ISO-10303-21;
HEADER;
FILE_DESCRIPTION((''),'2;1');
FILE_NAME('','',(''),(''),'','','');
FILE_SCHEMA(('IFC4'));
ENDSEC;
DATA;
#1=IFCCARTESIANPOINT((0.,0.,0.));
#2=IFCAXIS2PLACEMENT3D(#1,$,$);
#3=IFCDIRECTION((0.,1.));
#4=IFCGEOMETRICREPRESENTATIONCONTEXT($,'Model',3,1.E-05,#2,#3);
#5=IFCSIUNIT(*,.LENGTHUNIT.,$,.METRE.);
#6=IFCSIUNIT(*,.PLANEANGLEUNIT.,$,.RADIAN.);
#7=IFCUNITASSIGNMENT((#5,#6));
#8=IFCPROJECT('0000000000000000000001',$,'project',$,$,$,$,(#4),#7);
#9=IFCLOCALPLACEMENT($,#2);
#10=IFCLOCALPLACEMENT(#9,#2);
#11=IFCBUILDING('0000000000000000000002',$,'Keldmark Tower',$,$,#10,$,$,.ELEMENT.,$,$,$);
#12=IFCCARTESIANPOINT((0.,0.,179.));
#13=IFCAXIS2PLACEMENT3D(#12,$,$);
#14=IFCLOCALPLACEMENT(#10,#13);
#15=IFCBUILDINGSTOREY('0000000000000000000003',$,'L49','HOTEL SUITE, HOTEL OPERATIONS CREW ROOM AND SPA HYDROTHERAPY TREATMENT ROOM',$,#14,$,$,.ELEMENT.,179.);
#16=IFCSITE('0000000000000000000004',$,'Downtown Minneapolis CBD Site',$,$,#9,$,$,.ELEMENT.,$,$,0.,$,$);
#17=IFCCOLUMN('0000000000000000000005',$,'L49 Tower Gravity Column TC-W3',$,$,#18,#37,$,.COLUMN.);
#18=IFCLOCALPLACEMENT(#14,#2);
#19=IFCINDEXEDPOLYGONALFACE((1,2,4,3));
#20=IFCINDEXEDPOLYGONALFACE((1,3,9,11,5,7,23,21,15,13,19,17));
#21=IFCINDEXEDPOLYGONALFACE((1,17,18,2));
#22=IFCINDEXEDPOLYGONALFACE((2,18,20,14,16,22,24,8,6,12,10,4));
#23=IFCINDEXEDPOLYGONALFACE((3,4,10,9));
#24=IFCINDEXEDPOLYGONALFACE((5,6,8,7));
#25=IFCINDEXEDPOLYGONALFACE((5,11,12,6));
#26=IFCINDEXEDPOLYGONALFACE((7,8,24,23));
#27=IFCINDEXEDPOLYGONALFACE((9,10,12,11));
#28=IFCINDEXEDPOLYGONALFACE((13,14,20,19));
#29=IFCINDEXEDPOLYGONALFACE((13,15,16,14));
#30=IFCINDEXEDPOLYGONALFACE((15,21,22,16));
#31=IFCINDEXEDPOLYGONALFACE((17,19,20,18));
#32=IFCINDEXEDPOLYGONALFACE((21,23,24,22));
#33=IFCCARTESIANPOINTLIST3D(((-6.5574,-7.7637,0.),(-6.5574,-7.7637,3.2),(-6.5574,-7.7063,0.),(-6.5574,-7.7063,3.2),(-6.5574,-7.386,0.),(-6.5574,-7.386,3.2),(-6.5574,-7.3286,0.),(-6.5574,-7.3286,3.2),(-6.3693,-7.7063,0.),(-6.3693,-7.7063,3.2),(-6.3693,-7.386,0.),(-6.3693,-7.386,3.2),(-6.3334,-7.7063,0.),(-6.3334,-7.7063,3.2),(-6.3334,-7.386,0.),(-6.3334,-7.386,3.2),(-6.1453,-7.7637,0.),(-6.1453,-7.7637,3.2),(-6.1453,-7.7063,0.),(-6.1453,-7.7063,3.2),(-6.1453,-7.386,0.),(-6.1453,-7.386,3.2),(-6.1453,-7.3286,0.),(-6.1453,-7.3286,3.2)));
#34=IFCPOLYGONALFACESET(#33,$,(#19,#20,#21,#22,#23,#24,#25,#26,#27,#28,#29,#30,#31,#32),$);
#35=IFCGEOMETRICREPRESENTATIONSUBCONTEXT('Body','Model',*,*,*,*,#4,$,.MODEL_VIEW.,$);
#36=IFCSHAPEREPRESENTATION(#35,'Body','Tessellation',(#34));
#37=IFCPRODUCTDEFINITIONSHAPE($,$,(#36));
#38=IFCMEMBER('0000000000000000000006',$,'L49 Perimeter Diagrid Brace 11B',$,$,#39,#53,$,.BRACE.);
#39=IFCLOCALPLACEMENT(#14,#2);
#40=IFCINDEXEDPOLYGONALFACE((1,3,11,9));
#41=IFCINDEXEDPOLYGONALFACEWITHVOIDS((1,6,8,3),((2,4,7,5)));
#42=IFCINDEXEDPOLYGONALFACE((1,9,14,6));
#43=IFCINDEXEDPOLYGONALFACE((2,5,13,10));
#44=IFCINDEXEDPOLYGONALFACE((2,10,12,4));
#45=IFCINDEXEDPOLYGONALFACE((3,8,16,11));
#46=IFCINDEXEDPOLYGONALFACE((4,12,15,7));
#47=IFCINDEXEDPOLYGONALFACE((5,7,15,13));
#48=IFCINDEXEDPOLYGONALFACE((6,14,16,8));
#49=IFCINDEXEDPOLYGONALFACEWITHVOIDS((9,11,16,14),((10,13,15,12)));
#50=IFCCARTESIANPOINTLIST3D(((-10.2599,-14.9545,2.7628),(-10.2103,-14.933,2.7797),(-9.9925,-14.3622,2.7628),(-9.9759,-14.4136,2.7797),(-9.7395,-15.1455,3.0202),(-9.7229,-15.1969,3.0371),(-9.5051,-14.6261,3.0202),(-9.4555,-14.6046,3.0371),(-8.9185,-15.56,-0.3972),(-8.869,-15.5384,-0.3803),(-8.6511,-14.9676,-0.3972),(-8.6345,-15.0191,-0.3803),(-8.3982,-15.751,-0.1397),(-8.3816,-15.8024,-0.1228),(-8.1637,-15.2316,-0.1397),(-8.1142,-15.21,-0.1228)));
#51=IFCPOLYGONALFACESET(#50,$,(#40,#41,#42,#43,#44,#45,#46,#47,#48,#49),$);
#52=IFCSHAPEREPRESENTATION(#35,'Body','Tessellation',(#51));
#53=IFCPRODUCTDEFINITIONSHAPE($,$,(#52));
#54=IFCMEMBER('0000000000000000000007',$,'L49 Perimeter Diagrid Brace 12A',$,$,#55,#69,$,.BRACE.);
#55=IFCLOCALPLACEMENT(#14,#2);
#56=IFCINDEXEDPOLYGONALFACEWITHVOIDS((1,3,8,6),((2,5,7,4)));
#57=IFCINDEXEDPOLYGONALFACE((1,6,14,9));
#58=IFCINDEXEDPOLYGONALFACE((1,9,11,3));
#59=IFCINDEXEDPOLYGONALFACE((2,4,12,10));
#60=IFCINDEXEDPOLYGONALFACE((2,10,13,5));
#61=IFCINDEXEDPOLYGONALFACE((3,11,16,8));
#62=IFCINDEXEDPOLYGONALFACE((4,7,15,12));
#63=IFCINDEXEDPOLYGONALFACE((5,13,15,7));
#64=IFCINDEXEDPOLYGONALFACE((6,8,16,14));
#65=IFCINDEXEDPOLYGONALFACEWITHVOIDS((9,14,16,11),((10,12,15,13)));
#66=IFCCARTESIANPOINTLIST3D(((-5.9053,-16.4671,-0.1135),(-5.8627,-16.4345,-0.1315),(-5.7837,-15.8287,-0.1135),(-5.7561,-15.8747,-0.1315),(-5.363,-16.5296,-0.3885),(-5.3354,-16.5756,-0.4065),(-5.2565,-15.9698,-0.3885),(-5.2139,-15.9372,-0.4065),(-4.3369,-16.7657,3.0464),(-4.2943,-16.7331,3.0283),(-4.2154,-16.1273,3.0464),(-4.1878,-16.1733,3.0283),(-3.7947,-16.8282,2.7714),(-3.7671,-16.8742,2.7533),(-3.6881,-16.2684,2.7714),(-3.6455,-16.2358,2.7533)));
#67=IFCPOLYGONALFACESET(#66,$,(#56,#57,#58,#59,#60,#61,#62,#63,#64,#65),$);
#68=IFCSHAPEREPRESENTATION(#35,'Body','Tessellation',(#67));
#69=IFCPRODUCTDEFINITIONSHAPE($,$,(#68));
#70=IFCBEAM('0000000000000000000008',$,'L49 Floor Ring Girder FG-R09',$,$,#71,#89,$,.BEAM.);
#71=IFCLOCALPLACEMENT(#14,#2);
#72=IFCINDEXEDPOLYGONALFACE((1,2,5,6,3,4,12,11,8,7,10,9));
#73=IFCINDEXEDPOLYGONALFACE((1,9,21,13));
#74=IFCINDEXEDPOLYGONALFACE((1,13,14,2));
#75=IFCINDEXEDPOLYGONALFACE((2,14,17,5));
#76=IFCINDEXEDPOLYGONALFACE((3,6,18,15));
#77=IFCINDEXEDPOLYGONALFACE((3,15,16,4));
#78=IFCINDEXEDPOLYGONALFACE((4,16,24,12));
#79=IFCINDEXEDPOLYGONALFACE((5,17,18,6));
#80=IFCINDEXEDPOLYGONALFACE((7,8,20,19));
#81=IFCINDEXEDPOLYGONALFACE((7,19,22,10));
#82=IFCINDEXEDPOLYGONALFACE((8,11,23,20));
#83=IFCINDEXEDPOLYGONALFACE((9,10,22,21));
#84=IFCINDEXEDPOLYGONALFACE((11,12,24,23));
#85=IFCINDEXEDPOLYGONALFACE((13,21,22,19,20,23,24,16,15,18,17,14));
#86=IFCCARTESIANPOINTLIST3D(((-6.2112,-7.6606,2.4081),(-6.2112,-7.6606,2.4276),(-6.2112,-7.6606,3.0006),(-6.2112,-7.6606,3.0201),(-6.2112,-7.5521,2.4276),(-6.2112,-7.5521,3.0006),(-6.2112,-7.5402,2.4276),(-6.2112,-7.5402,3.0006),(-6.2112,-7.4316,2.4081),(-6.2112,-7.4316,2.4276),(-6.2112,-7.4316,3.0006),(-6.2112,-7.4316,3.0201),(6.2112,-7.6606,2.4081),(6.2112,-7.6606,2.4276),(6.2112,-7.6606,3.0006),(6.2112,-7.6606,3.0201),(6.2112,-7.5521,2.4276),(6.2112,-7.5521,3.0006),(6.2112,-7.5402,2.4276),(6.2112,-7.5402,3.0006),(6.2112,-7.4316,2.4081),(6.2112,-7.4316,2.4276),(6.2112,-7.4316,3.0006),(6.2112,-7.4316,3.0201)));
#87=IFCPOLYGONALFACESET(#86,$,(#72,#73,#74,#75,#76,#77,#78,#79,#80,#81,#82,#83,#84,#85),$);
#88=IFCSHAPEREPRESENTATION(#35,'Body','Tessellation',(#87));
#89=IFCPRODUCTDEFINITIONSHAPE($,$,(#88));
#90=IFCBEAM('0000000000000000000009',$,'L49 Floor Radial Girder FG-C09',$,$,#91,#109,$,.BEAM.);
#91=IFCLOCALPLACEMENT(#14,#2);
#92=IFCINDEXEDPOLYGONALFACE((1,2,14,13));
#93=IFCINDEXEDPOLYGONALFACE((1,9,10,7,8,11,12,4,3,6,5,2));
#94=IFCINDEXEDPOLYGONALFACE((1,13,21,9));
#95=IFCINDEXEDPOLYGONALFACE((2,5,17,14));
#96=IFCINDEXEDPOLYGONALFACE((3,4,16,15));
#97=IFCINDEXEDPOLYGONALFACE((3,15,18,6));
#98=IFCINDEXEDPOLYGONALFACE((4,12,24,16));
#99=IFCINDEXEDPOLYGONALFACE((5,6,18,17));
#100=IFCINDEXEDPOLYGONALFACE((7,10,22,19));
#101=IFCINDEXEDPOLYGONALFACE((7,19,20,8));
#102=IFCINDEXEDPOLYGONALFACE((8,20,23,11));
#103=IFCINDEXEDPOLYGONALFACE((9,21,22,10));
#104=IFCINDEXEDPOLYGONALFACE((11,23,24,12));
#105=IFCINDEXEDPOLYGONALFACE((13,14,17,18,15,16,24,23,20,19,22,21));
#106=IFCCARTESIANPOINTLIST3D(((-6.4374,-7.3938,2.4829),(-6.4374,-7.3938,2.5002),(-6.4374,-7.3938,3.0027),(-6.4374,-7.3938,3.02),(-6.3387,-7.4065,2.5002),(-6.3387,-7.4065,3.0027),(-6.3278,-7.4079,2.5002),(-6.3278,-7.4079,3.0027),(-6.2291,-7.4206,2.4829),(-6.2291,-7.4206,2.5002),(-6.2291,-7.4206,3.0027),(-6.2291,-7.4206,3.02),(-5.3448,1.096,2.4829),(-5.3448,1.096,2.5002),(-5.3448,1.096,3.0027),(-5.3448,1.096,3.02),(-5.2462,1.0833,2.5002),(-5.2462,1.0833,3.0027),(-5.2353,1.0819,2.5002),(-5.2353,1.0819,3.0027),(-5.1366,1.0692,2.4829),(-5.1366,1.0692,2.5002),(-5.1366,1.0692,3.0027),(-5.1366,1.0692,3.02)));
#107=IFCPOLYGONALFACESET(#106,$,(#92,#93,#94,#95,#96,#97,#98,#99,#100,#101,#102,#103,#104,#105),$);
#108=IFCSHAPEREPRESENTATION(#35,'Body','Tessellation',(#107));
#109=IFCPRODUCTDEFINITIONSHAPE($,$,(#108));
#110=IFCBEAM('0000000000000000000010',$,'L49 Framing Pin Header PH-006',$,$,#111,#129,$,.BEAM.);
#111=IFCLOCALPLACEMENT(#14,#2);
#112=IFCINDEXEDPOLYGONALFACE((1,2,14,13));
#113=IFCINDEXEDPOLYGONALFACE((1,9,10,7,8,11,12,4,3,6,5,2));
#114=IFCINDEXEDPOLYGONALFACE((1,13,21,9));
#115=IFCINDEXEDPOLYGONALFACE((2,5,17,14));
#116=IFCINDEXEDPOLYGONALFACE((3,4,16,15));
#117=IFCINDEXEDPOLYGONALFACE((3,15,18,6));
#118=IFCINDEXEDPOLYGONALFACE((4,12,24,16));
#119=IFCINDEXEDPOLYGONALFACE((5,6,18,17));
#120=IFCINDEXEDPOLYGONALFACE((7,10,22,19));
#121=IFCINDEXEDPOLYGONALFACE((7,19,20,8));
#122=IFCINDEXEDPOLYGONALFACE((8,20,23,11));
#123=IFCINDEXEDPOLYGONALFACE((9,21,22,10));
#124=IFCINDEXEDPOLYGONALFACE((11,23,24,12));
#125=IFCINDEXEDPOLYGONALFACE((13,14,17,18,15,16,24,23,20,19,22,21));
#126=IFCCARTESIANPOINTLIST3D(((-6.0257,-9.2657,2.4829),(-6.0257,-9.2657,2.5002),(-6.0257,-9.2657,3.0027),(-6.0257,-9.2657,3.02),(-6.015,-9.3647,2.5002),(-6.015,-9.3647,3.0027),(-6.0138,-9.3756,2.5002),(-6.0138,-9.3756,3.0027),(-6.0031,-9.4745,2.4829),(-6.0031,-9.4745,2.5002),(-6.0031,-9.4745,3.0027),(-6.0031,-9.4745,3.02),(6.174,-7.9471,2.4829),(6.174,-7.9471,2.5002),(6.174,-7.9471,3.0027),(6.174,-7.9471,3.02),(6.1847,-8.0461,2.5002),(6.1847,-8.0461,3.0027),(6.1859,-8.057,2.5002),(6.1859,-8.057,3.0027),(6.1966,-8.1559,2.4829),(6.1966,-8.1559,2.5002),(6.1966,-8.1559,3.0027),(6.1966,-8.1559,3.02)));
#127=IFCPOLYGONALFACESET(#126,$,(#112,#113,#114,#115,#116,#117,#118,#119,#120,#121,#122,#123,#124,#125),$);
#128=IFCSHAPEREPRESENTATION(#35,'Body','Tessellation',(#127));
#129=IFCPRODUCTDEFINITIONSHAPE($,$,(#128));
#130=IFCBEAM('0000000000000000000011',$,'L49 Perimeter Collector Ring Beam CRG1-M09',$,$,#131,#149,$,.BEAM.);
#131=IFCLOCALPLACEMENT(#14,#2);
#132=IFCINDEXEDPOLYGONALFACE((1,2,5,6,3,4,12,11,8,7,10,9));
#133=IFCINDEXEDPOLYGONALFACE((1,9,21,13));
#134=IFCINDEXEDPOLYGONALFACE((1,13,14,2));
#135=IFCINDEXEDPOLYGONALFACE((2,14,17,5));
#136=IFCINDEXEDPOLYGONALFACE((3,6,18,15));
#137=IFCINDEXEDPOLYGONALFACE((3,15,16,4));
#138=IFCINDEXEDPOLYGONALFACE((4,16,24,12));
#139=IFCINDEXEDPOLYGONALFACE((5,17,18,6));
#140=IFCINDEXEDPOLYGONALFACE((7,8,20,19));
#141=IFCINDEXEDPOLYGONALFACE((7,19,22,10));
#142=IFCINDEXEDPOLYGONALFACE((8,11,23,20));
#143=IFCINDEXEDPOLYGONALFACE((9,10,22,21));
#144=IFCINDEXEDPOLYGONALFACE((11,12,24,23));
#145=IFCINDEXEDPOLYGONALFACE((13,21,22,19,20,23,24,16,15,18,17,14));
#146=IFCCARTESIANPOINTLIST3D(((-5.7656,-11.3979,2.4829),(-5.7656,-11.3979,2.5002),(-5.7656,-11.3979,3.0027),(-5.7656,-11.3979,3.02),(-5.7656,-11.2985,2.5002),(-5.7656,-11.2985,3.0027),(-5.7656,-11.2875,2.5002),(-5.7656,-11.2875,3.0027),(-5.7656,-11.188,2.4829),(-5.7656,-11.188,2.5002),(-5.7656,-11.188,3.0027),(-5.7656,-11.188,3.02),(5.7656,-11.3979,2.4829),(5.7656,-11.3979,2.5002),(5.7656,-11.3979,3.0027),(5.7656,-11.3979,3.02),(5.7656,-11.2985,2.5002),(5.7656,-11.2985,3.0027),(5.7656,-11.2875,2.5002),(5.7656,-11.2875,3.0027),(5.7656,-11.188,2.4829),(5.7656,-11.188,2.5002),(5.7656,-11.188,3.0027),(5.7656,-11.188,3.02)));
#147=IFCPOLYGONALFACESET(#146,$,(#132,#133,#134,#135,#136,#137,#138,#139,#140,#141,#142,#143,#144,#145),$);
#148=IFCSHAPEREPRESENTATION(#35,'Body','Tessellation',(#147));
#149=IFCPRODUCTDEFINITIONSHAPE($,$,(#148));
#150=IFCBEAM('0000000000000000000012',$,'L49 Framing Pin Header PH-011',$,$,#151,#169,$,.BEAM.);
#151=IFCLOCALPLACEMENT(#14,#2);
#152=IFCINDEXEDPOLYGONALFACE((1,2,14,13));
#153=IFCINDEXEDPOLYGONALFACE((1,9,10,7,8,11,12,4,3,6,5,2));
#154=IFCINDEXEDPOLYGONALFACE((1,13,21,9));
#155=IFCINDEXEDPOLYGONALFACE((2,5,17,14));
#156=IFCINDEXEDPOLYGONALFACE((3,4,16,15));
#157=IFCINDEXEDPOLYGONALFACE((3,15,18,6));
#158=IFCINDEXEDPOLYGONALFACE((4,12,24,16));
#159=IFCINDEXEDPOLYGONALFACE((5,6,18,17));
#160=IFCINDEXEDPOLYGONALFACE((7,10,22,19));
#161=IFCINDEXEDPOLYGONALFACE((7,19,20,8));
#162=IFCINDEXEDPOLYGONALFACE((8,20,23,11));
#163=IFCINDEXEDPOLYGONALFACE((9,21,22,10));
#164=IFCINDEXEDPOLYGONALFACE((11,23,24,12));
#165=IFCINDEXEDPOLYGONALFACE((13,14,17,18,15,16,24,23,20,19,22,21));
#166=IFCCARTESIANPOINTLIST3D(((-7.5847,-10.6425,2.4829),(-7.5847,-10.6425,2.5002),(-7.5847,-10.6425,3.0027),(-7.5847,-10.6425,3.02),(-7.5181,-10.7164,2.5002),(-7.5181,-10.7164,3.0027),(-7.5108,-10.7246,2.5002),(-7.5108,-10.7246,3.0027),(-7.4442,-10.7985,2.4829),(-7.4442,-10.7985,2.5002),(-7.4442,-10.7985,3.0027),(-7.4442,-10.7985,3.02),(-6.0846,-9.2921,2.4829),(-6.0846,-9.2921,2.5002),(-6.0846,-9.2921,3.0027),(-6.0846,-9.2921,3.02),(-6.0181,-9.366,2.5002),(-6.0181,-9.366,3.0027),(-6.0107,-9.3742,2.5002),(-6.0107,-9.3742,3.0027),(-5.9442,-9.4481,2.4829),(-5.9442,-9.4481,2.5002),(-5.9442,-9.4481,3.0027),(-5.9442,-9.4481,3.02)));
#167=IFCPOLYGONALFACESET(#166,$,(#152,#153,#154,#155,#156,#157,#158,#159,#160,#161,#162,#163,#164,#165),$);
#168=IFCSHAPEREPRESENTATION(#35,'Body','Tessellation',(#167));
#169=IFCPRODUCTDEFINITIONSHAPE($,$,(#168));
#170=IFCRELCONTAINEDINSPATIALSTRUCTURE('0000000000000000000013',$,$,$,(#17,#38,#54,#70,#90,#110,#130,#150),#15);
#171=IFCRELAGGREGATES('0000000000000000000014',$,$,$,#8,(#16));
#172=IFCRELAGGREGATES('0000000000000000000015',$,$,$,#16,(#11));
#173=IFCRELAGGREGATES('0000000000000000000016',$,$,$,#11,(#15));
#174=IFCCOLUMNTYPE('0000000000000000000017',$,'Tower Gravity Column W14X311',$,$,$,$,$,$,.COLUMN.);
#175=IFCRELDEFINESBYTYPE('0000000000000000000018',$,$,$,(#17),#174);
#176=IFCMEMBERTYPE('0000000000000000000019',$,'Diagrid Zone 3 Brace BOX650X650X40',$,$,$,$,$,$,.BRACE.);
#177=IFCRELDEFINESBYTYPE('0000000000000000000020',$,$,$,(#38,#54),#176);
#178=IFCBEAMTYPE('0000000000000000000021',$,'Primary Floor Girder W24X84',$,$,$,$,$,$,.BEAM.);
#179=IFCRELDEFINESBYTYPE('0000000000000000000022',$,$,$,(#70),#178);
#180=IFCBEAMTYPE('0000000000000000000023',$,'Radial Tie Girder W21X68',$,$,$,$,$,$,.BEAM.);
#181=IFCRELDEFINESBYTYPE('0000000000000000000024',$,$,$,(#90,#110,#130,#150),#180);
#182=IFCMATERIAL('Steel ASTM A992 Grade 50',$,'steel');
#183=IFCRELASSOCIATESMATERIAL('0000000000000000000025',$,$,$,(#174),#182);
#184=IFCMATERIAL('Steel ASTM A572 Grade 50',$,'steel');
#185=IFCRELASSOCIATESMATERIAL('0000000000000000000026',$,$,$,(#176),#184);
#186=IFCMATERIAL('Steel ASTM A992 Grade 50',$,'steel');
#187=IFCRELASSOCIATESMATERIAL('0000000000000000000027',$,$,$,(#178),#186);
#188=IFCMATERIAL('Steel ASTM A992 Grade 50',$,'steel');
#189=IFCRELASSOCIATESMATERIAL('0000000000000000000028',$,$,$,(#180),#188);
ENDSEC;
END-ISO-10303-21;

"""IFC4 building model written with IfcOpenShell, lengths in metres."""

from ifc_helpers import new_model, si_unit, direction, frame, origin, origin_2d, place, context, subcontext, project, spatial, hollow_rectangle, i_section, extrude, material, material_profile, profile_set, type_object, element, save


model = new_model("IFC4")

# Units and contexts
model_context = context("Model", 3, precision=1e-05, world=origin(), true_north=direction((0.0, 1.0)))
body_context = subcontext(model_context, "Body", "Model", "MODEL_VIEW")
ifc_project = project(units=[si_unit("LENGTHUNIT", "METRE"), si_unit("PLANEANGLEUNIT", "RADIAN")], contexts=[model_context])

# Site, building, storey
site_placement = place(None, origin())
site = spatial("IfcSite", under=ifc_project, at=site_placement, Name="Downtown Minneapolis CBD Site", CompositionType="ELEMENT", RefElevation=0.0)
building_placement = place(site_placement, origin())
building = spatial("IfcBuilding", under=site, at=building_placement, Name="Keldmark Tower", CompositionType="ELEMENT")
storey_placement = place(building_placement, frame((0.0, 0.0, 179.0)))
storey = spatial("IfcBuildingStorey", under=building, at=storey_placement, Name="L49", Description="HOTEL SUITE, HOTEL OPERATIONS CREW ROOM AND SPA HYDROTHERAPY TREATMENT ROOM", CompositionType="ELEMENT", Elevation=179.0)

# Column
ifc_material_1 = material(Name="Steel ASTM A992 Grade 50", Category="steel")
ifc_material_profile_1 = material_profile(ifc_material_1, i_section(OverallWidth=0.4121, OverallDepth=0.4351, WebThickness=0.0359, FlangeThickness=0.0574, at=origin_2d()), Name="W14X311")
ifc_profile_set_1 = profile_set([ifc_material_profile_1], Name="Steel ASTM A992 Grade 50")
column_type = type_object("IfcColumnType", Name="Tower Gravity Column W14X311", PredefinedType="COLUMN", material=ifc_profile_set_1)
column_placement = place(storey_placement, frame((-6.3513, -7.5461, 0.0), z_axis=(0.0, 0.0, 1.0), x_axis=(1.0, 0.0, 0.0)))
element("IfcColumn", 1, at=column_placement, inside=storey, type_object=column_type, Name="L49 Tower Gravity Column TC-W3", PredefinedType="COLUMN", context=body_context, shape_type="SweptSolid", body=[
    extrude(i_section(OverallWidth=0.4121, OverallDepth=0.4351, WebThickness=0.0359, FlangeThickness=0.0574, at=origin_2d()), origin(), (0.0, 0.0, 1.0), 3.2),
])

# Members
ifc_material_2 = material(Name="Steel ASTM A572 Grade 50", Category="steel")
ifc_material_profile_2 = material_profile(ifc_material_2, hollow_rectangle(XDim=0.6499, YDim=0.6499, WallThickness=0.04, at=origin_2d()), Name="BOX650X650X40")
ifc_profile_set_2 = profile_set([ifc_material_profile_2], Name="Steel ASTM A572 Grade 50")
member_type = type_object("IfcMemberType", Name="Diagrid Zone 3 Brace BOX650X650X40", PredefinedType="BRACE", material=ifc_profile_set_2)
member_1_placement = place(storey_placement, frame((-8.5164, -15.385, -0.26), z_axis=(-0.384793, 0.173696, 0.906512), x_axis=(-0.411427, -0.911443, 0.0)))
element("IfcMember", 2, at=member_1_placement, inside=storey, type_object=member_type, Name="L49 Perimeter Diagrid Brace 11B", PredefinedType="BRACE", context=body_context, shape_type="SweptSolid", body=[
    extrude(hollow_rectangle(XDim=0.6499, YDim=0.6499, WallThickness=0.04, at=origin_2d()), origin(), (0.0, 0.0, 1.0), 3.4858),
])
member_2_placement = place(storey_placement, frame((-5.5596, -16.2021, -0.26), z_axis=(0.442998, -0.084338, 0.892547), x_axis=(0.187021, 0.982356, 0.0)))
element("IfcMember", 3, at=member_2_placement, inside=storey, type_object=member_type, Name="L49 Perimeter Diagrid Brace 12A", PredefinedType="BRACE", context=body_context, shape_type="SweptSolid", body=[
    extrude(hollow_rectangle(XDim=0.6499, YDim=0.6499, WallThickness=0.04, at=origin_2d()), origin(), (0.0, 0.0, 1.0), 3.5403),
])

# Beams
ifc_material_3 = material(Name="Steel ASTM A992 Grade 50", Category="steel")
ifc_material_profile_3 = material_profile(ifc_material_3, i_section(OverallWidth=0.229, OverallDepth=0.6121, WebThickness=0.012, FlangeThickness=0.0195, at=origin_2d()), Name="W24X84")
ifc_profile_set_3 = profile_set([ifc_material_profile_3], Name="Steel ASTM A992 Grade 50")
beam_type_1 = type_object("IfcBeamType", Name="Primary Floor Girder W24X84", PredefinedType="BEAM", material=ifc_profile_set_3)
beam_1_placement = place(storey_placement, frame((-6.2112, -7.5461, 2.7141), z_axis=(1.0, 0.0, 0.0), x_axis=(0.0, 1.0, 0.0)))
element("IfcBeam", 4, at=beam_1_placement, inside=storey, type_object=beam_type_1, Name="L49 Floor Ring Girder FG-R09", PredefinedType="BEAM", context=body_context, shape_type="SweptSolid", body=[
    extrude(i_section(OverallWidth=0.229, OverallDepth=0.6121, WebThickness=0.012, FlangeThickness=0.0195, at=origin_2d()), origin(), (0.0, 0.0, 1.0), 12.4224),
])
ifc_material_4 = material(Name="Steel ASTM A992 Grade 50", Category="steel")
ifc_material_profile_4 = material_profile(ifc_material_4, i_section(OverallWidth=0.21, OverallDepth=0.5371, WebThickness=0.011, FlangeThickness=0.0173, at=origin_2d()), Name="W21X68")
ifc_profile_set_4 = profile_set([ifc_material_profile_4], Name="Steel ASTM A992 Grade 50")
beam_type_2 = type_object("IfcBeamType", Name="Radial Tie Girder W21X68", PredefinedType="BEAM", material=ifc_profile_set_4)
beam_2_placement = place(storey_placement, frame((-6.3333, -7.4072, 2.7515), z_axis=(0.127636, 0.991821, 0.0), x_axis=(-0.991821, 0.127636, 0.0)))
element("IfcBeam", 5, at=beam_2_placement, inside=storey, type_object=beam_type_2, Name="L49 Floor Radial Girder FG-C09", PredefinedType="BEAM", context=body_context, shape_type="SweptSolid", body=[
    extrude(i_section(OverallWidth=0.21, OverallDepth=0.5371, WebThickness=0.011, FlangeThickness=0.0173, at=origin_2d()), origin(), (0.0, 0.0, 1.0), 8.5598),
])
beam_3_placement = place(storey_placement, frame((-6.0144, -9.3701, 2.7515), z_axis=(0.99421, 0.107459, 0.0), x_axis=(-0.107459, 0.99421, 0.0)))
element("IfcBeam", 6, at=beam_3_placement, inside=storey, type_object=beam_type_2, Name="L49 Framing Pin Header PH-006", PredefinedType="BEAM", context=body_context, shape_type="SweptSolid", body=[
    extrude(i_section(OverallWidth=0.21, OverallDepth=0.5371, WebThickness=0.011, FlangeThickness=0.0173, at=origin_2d()), origin(), (0.0, 0.0, 1.0), 12.2708),
])
beam_4_placement = place(storey_placement, frame((-5.7656, -11.293, 2.7515), z_axis=(1.0, 0.0, 0.0), x_axis=(0.0, 1.0, 0.0)))
element("IfcBeam", 7, at=beam_4_placement, inside=storey, type_object=beam_type_2, Name="L49 Perimeter Collector Ring Beam CRG1-M09", PredefinedType="BEAM", context=body_context, shape_type="SweptSolid", body=[
    extrude(i_section(OverallWidth=0.21, OverallDepth=0.5371, WebThickness=0.011, FlangeThickness=0.0173, at=origin_2d()), origin(), (0.0, 0.0, 1.0), 11.5312),
])
beam_5_placement = place(storey_placement, frame((-6.0144, -9.3701, 2.7515), z_axis=(-0.74321, -0.669058, 0.0), x_axis=(0.669058, -0.74321, 0.0)))
element("IfcBeam", 8, at=beam_5_placement, inside=storey, type_object=beam_type_2, Name="L49 Framing Pin Header PH-011", PredefinedType="BEAM", context=body_context, shape_type="SweptSolid", body=[
    extrude(i_section(OverallWidth=0.21, OverallDepth=0.5371, WebThickness=0.011, FlangeThickness=0.0173, at=origin_2d()), origin(), (0.0, 0.0, 1.0), 2.0183),
])

save(model, "model.ifc")
